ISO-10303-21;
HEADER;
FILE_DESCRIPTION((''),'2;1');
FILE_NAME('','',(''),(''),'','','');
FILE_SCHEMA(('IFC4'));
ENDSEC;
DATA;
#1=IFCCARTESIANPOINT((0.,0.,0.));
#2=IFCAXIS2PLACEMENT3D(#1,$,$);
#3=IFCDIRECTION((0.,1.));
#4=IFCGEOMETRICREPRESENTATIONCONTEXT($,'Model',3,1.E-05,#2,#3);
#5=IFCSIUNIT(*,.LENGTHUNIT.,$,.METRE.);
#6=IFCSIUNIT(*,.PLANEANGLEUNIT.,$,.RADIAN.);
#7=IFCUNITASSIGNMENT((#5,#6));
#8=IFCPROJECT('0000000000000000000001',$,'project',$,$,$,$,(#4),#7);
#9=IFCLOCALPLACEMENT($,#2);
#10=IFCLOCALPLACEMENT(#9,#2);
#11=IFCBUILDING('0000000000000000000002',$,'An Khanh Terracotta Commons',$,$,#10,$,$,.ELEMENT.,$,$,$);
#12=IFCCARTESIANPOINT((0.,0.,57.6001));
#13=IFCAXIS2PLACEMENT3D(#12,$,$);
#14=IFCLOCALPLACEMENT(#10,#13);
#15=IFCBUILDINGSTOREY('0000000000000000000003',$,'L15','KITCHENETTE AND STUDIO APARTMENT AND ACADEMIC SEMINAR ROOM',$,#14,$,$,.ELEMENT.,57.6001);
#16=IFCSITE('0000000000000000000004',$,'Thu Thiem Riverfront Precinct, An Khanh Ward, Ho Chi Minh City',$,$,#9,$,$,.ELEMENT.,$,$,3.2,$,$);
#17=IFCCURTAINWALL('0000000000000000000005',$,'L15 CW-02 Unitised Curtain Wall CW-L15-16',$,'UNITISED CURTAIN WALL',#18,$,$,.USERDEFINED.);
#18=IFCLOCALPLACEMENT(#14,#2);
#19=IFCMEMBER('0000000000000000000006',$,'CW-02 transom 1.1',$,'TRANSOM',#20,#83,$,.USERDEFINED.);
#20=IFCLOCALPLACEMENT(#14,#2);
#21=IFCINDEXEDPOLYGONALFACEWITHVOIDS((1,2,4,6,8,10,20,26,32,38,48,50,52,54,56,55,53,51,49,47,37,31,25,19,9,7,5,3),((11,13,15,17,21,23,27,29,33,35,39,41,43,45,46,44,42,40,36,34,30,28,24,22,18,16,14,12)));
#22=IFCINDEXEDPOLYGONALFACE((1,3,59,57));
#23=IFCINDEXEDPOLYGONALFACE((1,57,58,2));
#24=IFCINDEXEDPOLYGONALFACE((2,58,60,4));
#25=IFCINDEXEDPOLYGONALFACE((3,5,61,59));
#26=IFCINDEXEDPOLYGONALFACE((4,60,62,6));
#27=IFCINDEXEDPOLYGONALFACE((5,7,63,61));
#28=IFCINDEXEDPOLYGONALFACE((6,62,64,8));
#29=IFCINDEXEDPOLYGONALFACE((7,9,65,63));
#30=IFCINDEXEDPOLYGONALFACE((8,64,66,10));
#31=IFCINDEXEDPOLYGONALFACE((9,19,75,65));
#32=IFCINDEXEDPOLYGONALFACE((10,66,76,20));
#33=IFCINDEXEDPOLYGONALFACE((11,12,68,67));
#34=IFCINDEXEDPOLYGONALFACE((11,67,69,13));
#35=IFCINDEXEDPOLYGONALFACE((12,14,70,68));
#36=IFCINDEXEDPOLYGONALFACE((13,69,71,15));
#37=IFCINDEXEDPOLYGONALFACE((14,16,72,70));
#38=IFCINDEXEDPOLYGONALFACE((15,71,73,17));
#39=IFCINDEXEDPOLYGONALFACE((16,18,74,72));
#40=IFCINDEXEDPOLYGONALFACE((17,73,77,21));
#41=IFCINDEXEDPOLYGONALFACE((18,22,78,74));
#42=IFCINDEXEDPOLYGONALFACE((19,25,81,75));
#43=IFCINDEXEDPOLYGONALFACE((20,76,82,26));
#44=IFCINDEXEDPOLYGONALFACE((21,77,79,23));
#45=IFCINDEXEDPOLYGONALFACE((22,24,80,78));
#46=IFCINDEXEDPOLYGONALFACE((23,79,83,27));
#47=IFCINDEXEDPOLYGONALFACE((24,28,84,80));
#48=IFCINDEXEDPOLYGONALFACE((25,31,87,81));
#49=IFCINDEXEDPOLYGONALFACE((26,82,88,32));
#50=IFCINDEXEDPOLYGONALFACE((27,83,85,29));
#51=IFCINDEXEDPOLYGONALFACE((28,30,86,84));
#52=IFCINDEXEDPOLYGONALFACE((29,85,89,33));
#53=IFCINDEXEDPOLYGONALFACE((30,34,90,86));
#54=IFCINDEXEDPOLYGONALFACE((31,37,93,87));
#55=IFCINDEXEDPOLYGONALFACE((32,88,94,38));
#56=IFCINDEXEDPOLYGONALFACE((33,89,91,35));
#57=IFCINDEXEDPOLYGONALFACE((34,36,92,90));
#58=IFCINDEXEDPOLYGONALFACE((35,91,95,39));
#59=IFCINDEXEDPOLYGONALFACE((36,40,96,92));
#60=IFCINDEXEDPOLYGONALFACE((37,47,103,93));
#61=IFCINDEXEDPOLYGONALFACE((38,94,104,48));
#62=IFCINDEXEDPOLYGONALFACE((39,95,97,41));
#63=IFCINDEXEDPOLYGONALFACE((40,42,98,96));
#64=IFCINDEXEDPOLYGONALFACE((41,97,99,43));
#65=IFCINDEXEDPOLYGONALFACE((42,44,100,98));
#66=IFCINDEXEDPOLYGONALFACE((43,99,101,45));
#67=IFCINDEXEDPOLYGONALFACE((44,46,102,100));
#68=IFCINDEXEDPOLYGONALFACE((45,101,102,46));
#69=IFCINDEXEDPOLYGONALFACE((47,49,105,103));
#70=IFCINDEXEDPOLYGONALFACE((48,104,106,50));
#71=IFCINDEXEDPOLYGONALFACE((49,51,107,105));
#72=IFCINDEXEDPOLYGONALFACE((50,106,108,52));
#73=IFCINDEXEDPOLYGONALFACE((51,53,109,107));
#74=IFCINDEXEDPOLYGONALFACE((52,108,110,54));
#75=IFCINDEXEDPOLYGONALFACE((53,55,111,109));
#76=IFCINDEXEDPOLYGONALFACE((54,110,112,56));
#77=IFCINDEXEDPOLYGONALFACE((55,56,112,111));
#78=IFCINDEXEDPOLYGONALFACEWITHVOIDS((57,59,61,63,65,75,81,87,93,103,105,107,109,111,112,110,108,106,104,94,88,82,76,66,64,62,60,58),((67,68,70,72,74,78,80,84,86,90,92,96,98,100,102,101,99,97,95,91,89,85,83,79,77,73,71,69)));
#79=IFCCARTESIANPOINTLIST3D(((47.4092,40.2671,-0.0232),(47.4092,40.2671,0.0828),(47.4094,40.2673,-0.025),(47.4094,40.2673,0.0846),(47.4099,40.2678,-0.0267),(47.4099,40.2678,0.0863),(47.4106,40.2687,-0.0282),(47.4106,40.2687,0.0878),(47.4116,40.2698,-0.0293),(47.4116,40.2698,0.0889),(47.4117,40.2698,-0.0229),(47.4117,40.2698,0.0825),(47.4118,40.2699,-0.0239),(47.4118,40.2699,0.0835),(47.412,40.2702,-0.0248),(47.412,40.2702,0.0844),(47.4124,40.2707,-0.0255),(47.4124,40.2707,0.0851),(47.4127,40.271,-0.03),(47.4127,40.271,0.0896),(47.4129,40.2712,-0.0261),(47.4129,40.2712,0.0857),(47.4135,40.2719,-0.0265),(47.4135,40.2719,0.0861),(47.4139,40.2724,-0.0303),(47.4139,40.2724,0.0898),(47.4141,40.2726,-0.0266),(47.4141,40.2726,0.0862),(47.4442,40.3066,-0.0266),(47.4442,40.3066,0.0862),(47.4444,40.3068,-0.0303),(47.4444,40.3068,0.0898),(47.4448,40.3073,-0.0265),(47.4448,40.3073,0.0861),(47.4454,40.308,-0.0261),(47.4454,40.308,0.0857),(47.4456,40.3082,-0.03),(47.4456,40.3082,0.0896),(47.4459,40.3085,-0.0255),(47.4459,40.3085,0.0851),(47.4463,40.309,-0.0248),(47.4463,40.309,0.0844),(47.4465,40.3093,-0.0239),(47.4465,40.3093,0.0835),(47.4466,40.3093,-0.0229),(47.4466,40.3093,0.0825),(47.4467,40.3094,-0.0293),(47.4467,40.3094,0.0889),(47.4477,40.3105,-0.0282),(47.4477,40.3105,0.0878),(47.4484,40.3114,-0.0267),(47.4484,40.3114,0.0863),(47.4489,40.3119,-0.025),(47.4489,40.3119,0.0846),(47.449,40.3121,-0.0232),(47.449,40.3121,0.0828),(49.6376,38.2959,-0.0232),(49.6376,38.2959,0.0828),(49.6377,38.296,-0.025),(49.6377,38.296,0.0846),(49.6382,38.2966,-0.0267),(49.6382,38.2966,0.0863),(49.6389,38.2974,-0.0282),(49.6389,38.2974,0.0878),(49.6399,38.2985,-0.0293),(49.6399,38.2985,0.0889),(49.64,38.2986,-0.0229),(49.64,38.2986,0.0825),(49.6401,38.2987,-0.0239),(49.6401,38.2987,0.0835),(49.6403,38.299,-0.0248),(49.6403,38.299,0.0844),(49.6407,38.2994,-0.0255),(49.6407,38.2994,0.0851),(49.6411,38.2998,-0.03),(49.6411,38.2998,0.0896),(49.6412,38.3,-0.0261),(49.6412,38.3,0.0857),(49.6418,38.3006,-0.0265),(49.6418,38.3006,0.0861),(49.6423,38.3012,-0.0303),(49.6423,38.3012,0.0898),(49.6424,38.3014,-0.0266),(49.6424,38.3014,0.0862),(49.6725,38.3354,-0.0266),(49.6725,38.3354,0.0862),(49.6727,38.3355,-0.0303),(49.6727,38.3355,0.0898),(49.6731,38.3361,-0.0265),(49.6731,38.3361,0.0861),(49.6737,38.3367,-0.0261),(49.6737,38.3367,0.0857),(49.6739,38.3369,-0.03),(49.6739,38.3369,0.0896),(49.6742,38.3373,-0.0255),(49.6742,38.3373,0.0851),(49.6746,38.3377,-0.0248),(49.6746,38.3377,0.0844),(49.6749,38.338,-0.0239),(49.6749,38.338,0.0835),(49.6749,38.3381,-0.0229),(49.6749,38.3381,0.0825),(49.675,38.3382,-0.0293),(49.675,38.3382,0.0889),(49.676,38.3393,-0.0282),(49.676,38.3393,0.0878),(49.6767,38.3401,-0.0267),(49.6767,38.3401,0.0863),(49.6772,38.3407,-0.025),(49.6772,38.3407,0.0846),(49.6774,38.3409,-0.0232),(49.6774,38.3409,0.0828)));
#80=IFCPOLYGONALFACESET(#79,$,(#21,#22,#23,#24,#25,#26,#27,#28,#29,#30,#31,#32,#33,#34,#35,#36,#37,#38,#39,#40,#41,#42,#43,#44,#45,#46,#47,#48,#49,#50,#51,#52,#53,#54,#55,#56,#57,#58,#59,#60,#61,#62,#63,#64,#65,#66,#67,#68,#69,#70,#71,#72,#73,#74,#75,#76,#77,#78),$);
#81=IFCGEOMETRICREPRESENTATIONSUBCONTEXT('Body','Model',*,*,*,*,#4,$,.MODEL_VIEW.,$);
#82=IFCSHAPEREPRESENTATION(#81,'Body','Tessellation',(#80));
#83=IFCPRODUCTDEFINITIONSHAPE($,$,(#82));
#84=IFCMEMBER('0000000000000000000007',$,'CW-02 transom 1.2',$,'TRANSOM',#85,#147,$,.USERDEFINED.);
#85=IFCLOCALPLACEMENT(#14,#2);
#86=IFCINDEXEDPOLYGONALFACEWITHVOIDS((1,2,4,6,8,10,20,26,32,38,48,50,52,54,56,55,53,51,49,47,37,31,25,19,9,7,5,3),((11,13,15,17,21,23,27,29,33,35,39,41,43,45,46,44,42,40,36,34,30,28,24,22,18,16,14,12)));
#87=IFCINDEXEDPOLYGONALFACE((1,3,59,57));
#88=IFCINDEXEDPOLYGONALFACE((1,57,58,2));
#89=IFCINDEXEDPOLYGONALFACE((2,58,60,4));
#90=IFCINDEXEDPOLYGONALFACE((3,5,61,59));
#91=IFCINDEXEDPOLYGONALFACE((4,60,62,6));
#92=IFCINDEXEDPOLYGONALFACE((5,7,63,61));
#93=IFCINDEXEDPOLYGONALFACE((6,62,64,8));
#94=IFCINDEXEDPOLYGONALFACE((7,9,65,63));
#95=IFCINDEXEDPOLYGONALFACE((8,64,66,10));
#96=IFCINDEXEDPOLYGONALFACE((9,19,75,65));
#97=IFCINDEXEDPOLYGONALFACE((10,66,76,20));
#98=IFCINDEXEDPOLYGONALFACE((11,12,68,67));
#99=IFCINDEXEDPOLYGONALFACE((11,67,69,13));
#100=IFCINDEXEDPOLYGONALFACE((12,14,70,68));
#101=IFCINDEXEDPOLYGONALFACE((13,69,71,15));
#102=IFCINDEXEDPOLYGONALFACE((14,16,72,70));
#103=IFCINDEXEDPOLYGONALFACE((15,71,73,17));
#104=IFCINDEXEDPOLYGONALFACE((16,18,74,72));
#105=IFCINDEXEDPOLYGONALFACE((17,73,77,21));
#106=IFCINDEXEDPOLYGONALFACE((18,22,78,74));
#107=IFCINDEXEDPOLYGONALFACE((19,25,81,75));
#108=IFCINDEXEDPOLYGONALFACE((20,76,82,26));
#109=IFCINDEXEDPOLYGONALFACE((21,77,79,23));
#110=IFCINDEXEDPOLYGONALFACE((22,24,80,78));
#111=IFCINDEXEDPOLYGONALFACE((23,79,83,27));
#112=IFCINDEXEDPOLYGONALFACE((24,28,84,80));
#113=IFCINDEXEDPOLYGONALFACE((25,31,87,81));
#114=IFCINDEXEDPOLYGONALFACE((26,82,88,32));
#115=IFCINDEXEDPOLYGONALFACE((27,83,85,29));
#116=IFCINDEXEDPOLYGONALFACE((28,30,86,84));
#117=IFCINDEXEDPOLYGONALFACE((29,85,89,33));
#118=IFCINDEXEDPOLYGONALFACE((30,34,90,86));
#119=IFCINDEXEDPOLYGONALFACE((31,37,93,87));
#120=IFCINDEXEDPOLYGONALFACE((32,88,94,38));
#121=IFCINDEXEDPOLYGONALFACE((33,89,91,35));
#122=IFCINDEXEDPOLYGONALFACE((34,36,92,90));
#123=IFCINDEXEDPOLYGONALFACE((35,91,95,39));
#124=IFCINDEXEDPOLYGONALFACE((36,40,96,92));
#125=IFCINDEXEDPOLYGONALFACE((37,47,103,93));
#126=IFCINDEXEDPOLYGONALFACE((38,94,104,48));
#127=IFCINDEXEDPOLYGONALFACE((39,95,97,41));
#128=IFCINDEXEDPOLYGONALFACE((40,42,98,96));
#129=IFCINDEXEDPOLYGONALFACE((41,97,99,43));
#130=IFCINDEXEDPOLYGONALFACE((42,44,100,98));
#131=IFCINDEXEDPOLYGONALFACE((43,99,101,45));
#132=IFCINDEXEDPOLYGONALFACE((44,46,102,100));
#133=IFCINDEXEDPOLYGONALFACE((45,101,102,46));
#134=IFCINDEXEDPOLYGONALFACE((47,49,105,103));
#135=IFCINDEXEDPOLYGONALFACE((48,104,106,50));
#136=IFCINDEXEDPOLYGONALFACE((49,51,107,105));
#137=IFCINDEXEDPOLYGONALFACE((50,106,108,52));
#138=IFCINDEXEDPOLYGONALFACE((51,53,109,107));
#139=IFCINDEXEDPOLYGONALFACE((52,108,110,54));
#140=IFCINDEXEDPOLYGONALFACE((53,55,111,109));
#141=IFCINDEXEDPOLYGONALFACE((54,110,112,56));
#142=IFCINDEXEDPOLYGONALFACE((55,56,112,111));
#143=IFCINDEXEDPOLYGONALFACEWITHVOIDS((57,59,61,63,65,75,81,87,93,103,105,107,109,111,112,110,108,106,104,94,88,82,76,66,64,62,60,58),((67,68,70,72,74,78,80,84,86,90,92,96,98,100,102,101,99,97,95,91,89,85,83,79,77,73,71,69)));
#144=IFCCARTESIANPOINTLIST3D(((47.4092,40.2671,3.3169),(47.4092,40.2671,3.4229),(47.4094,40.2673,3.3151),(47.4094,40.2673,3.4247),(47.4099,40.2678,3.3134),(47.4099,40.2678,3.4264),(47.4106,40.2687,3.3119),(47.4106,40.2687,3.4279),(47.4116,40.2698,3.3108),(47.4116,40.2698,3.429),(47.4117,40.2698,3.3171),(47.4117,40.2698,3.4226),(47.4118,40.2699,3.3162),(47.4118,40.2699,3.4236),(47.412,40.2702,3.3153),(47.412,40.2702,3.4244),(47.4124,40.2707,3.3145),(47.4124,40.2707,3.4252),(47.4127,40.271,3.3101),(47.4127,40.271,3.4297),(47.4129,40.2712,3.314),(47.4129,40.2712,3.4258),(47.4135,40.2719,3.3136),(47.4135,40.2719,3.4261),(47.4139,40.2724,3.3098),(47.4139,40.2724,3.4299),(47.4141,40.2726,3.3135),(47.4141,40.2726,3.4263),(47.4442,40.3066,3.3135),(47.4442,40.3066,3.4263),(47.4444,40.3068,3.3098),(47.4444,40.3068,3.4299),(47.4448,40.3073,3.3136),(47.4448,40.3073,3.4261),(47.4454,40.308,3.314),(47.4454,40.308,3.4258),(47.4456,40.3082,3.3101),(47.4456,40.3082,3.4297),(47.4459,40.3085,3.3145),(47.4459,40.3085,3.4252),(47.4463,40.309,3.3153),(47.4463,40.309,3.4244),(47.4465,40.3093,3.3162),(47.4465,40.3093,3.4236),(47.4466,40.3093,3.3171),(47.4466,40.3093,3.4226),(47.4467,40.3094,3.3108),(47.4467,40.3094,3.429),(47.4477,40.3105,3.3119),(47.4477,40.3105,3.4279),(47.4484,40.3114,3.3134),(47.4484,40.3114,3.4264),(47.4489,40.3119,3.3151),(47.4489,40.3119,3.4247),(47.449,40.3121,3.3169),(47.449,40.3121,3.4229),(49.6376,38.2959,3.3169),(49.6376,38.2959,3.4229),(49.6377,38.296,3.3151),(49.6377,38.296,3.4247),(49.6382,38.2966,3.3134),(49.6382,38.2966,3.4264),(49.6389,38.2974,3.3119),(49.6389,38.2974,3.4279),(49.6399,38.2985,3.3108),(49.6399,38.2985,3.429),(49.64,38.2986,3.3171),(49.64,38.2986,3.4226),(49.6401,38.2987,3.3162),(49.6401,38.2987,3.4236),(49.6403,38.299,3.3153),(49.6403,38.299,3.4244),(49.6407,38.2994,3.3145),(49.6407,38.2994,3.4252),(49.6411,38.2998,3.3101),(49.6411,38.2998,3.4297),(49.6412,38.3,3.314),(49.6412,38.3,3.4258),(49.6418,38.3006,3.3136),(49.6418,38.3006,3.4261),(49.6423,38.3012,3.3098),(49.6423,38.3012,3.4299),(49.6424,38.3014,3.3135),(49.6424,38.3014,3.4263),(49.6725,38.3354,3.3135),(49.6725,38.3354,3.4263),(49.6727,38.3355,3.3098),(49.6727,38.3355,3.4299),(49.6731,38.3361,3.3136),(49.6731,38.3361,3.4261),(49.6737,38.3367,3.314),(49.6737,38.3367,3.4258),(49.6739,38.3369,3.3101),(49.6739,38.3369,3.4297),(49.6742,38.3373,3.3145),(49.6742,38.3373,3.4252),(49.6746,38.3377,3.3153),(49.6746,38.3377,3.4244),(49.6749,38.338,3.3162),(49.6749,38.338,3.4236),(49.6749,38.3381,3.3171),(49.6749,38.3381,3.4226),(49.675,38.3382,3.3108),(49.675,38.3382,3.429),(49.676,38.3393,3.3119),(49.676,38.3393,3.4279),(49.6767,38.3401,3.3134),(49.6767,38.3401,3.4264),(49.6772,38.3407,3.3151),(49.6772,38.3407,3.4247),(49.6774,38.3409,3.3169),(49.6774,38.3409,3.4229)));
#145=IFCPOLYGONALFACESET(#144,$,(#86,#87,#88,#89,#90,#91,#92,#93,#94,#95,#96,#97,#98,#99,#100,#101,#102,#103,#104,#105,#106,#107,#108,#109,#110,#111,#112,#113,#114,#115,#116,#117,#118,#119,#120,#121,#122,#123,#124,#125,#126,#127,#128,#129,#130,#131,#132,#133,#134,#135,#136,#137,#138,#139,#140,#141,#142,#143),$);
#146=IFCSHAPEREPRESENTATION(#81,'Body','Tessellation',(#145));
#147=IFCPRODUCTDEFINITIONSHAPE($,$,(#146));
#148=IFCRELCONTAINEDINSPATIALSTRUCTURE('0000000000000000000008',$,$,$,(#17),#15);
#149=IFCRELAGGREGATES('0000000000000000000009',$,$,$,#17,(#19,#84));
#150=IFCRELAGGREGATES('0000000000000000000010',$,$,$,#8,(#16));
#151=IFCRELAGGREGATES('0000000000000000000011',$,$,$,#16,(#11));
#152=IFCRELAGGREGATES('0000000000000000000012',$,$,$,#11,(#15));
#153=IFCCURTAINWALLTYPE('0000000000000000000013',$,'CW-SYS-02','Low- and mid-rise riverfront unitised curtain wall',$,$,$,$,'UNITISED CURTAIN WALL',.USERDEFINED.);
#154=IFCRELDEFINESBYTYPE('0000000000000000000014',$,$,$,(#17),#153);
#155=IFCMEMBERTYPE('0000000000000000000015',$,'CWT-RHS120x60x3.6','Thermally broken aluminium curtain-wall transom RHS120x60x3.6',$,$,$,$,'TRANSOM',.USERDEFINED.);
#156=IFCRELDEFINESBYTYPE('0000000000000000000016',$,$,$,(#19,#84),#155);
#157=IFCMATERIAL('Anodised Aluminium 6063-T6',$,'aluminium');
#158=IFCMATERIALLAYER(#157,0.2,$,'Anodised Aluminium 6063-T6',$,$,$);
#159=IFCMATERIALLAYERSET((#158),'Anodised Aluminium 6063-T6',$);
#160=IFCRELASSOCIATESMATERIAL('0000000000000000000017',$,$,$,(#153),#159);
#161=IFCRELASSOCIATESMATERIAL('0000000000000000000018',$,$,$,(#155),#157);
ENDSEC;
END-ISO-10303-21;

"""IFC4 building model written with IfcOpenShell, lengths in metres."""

from ifc_helpers import new_model, si_unit, direction, frame, origin, origin_2d, place, context, subcontext, project, spatial, hollow_rectangle, extrude, material, layer, layer_set, material_profile, profile_set, type_object, element, aggregate, save


model = new_model("IFC4")

# Units and contexts
model_context = context("Model", 3, precision=1e-05, world=origin(), true_north=direction((0.0, 1.0)))
body_context = subcontext(model_context, "Body", "Model", "MODEL_VIEW")
ifc_project = project(units=[si_unit("LENGTHUNIT", "METRE"), si_unit("PLANEANGLEUNIT", "RADIAN")], contexts=[model_context])

# Site, building, storey
site_placement = place(None, origin())
site = spatial("IfcSite", under=ifc_project, at=site_placement, Name="Thu Thiem Riverfront Precinct, An Khanh Ward, Ho Chi Minh City", CompositionType="ELEMENT", RefElevation=3.2)
building_placement = place(site_placement, origin())
building = spatial("IfcBuilding", under=site, at=building_placement, Name="An Khanh Terracotta Commons", CompositionType="ELEMENT")
storey_placement = place(building_placement, frame((0.0, 0.0, 57.6001)))
storey = spatial("IfcBuildingStorey", under=building, at=storey_placement, Name="L15", Description="KITCHENETTE AND STUDIO APARTMENT AND ACADEMIC SEMINAR ROOM", CompositionType="ELEMENT", Elevation=57.6001)

# Curtain wall, members
ifc_material_1 = material(Name="Anodised Aluminium 6063-T6", Category="aluminium")
ifc_layer_1 = layer(ifc_material_1, 0.2, Name="Anodised Aluminium 6063-T6")
ifc_layer_set_1 = layer_set([ifc_layer_1], Name="Anodised Aluminium 6063-T6")
curtain_wall_type = type_object("IfcCurtainWallType", Name="CW-SYS-02", Description="Low- and mid-rise riverfront unitised curtain wall", ElementType="UNITISED CURTAIN WALL", PredefinedType="USERDEFINED", material=ifc_layer_set_1)
curtain_wall_placement = place(storey_placement, origin())
curtain_wall = element("IfcCurtainWall", 1, at=curtain_wall_placement, inside=storey, type_object=curtain_wall_type, Name="L15 CW-02 Unitised Curtain Wall CW-L15-16", ObjectType="UNITISED CURTAIN WALL", PredefinedType="USERDEFINED")
ifc_material_profile_1 = material_profile(ifc_material_1, hollow_rectangle(XDim=0.0601, YDim=0.1201, WallThickness=0.0037, InnerFilletRadius=0.0037, OuterFilletRadius=0.0071, at=origin_2d()), Name="RHS120x60x3.6")
ifc_profile_set_1 = profile_set([ifc_material_profile_1], Name="Anodised Aluminium 6063-T6")
member_type_1 = type_object("IfcMemberType", Name="CWT-RHS120x60x3.6", Description="Thermally broken aluminium curtain-wall transom RHS120x60x3.6", ElementType="TRANSOM", PredefinedType="USERDEFINED", material=ifc_profile_set_1)
member_1_placement = place(storey_placement, frame((49.6575, 38.3184, 0.0298), z_axis=(-0.748992, 0.662579, 0.0), x_axis=(-0.662579, -0.748992, 0.0)))
member_1 = element("IfcMember", 2, at=member_1_placement, type_object=member_type_1, Name="CW-02 transom 1.1", ObjectType="TRANSOM", PredefinedType="USERDEFINED", context=body_context, shape_type="SweptSolid", body=[
    extrude(hollow_rectangle(XDim=0.0601, YDim=0.1201, WallThickness=0.0037, InnerFilletRadius=0.0037, OuterFilletRadius=0.0071, at=origin_2d()), origin(), (0.0, 0.0, 1.0), 2.9751),
])
member_2_placement = place(storey_placement, frame((49.6575, 38.3184, 3.3699), z_axis=(-0.748992, 0.662579, 0.0), x_axis=(-0.662579, -0.748992, 0.0)))
member_2 = element("IfcMember", 3, at=member_2_placement, type_object=member_type_1, Name="CW-02 transom 1.2", ObjectType="TRANSOM", PredefinedType="USERDEFINED", context=body_context, shape_type="SweptSolid", body=[
    extrude(hollow_rectangle(XDim=0.0601, YDim=0.1201, WallThickness=0.0037, InnerFilletRadius=0.0037, OuterFilletRadius=0.0071, at=origin_2d()), origin(), (0.0, 0.0, 1.0), 2.9751),
])
aggregate(curtain_wall, [member_1, member_2])

save(model, "model.ifc")
